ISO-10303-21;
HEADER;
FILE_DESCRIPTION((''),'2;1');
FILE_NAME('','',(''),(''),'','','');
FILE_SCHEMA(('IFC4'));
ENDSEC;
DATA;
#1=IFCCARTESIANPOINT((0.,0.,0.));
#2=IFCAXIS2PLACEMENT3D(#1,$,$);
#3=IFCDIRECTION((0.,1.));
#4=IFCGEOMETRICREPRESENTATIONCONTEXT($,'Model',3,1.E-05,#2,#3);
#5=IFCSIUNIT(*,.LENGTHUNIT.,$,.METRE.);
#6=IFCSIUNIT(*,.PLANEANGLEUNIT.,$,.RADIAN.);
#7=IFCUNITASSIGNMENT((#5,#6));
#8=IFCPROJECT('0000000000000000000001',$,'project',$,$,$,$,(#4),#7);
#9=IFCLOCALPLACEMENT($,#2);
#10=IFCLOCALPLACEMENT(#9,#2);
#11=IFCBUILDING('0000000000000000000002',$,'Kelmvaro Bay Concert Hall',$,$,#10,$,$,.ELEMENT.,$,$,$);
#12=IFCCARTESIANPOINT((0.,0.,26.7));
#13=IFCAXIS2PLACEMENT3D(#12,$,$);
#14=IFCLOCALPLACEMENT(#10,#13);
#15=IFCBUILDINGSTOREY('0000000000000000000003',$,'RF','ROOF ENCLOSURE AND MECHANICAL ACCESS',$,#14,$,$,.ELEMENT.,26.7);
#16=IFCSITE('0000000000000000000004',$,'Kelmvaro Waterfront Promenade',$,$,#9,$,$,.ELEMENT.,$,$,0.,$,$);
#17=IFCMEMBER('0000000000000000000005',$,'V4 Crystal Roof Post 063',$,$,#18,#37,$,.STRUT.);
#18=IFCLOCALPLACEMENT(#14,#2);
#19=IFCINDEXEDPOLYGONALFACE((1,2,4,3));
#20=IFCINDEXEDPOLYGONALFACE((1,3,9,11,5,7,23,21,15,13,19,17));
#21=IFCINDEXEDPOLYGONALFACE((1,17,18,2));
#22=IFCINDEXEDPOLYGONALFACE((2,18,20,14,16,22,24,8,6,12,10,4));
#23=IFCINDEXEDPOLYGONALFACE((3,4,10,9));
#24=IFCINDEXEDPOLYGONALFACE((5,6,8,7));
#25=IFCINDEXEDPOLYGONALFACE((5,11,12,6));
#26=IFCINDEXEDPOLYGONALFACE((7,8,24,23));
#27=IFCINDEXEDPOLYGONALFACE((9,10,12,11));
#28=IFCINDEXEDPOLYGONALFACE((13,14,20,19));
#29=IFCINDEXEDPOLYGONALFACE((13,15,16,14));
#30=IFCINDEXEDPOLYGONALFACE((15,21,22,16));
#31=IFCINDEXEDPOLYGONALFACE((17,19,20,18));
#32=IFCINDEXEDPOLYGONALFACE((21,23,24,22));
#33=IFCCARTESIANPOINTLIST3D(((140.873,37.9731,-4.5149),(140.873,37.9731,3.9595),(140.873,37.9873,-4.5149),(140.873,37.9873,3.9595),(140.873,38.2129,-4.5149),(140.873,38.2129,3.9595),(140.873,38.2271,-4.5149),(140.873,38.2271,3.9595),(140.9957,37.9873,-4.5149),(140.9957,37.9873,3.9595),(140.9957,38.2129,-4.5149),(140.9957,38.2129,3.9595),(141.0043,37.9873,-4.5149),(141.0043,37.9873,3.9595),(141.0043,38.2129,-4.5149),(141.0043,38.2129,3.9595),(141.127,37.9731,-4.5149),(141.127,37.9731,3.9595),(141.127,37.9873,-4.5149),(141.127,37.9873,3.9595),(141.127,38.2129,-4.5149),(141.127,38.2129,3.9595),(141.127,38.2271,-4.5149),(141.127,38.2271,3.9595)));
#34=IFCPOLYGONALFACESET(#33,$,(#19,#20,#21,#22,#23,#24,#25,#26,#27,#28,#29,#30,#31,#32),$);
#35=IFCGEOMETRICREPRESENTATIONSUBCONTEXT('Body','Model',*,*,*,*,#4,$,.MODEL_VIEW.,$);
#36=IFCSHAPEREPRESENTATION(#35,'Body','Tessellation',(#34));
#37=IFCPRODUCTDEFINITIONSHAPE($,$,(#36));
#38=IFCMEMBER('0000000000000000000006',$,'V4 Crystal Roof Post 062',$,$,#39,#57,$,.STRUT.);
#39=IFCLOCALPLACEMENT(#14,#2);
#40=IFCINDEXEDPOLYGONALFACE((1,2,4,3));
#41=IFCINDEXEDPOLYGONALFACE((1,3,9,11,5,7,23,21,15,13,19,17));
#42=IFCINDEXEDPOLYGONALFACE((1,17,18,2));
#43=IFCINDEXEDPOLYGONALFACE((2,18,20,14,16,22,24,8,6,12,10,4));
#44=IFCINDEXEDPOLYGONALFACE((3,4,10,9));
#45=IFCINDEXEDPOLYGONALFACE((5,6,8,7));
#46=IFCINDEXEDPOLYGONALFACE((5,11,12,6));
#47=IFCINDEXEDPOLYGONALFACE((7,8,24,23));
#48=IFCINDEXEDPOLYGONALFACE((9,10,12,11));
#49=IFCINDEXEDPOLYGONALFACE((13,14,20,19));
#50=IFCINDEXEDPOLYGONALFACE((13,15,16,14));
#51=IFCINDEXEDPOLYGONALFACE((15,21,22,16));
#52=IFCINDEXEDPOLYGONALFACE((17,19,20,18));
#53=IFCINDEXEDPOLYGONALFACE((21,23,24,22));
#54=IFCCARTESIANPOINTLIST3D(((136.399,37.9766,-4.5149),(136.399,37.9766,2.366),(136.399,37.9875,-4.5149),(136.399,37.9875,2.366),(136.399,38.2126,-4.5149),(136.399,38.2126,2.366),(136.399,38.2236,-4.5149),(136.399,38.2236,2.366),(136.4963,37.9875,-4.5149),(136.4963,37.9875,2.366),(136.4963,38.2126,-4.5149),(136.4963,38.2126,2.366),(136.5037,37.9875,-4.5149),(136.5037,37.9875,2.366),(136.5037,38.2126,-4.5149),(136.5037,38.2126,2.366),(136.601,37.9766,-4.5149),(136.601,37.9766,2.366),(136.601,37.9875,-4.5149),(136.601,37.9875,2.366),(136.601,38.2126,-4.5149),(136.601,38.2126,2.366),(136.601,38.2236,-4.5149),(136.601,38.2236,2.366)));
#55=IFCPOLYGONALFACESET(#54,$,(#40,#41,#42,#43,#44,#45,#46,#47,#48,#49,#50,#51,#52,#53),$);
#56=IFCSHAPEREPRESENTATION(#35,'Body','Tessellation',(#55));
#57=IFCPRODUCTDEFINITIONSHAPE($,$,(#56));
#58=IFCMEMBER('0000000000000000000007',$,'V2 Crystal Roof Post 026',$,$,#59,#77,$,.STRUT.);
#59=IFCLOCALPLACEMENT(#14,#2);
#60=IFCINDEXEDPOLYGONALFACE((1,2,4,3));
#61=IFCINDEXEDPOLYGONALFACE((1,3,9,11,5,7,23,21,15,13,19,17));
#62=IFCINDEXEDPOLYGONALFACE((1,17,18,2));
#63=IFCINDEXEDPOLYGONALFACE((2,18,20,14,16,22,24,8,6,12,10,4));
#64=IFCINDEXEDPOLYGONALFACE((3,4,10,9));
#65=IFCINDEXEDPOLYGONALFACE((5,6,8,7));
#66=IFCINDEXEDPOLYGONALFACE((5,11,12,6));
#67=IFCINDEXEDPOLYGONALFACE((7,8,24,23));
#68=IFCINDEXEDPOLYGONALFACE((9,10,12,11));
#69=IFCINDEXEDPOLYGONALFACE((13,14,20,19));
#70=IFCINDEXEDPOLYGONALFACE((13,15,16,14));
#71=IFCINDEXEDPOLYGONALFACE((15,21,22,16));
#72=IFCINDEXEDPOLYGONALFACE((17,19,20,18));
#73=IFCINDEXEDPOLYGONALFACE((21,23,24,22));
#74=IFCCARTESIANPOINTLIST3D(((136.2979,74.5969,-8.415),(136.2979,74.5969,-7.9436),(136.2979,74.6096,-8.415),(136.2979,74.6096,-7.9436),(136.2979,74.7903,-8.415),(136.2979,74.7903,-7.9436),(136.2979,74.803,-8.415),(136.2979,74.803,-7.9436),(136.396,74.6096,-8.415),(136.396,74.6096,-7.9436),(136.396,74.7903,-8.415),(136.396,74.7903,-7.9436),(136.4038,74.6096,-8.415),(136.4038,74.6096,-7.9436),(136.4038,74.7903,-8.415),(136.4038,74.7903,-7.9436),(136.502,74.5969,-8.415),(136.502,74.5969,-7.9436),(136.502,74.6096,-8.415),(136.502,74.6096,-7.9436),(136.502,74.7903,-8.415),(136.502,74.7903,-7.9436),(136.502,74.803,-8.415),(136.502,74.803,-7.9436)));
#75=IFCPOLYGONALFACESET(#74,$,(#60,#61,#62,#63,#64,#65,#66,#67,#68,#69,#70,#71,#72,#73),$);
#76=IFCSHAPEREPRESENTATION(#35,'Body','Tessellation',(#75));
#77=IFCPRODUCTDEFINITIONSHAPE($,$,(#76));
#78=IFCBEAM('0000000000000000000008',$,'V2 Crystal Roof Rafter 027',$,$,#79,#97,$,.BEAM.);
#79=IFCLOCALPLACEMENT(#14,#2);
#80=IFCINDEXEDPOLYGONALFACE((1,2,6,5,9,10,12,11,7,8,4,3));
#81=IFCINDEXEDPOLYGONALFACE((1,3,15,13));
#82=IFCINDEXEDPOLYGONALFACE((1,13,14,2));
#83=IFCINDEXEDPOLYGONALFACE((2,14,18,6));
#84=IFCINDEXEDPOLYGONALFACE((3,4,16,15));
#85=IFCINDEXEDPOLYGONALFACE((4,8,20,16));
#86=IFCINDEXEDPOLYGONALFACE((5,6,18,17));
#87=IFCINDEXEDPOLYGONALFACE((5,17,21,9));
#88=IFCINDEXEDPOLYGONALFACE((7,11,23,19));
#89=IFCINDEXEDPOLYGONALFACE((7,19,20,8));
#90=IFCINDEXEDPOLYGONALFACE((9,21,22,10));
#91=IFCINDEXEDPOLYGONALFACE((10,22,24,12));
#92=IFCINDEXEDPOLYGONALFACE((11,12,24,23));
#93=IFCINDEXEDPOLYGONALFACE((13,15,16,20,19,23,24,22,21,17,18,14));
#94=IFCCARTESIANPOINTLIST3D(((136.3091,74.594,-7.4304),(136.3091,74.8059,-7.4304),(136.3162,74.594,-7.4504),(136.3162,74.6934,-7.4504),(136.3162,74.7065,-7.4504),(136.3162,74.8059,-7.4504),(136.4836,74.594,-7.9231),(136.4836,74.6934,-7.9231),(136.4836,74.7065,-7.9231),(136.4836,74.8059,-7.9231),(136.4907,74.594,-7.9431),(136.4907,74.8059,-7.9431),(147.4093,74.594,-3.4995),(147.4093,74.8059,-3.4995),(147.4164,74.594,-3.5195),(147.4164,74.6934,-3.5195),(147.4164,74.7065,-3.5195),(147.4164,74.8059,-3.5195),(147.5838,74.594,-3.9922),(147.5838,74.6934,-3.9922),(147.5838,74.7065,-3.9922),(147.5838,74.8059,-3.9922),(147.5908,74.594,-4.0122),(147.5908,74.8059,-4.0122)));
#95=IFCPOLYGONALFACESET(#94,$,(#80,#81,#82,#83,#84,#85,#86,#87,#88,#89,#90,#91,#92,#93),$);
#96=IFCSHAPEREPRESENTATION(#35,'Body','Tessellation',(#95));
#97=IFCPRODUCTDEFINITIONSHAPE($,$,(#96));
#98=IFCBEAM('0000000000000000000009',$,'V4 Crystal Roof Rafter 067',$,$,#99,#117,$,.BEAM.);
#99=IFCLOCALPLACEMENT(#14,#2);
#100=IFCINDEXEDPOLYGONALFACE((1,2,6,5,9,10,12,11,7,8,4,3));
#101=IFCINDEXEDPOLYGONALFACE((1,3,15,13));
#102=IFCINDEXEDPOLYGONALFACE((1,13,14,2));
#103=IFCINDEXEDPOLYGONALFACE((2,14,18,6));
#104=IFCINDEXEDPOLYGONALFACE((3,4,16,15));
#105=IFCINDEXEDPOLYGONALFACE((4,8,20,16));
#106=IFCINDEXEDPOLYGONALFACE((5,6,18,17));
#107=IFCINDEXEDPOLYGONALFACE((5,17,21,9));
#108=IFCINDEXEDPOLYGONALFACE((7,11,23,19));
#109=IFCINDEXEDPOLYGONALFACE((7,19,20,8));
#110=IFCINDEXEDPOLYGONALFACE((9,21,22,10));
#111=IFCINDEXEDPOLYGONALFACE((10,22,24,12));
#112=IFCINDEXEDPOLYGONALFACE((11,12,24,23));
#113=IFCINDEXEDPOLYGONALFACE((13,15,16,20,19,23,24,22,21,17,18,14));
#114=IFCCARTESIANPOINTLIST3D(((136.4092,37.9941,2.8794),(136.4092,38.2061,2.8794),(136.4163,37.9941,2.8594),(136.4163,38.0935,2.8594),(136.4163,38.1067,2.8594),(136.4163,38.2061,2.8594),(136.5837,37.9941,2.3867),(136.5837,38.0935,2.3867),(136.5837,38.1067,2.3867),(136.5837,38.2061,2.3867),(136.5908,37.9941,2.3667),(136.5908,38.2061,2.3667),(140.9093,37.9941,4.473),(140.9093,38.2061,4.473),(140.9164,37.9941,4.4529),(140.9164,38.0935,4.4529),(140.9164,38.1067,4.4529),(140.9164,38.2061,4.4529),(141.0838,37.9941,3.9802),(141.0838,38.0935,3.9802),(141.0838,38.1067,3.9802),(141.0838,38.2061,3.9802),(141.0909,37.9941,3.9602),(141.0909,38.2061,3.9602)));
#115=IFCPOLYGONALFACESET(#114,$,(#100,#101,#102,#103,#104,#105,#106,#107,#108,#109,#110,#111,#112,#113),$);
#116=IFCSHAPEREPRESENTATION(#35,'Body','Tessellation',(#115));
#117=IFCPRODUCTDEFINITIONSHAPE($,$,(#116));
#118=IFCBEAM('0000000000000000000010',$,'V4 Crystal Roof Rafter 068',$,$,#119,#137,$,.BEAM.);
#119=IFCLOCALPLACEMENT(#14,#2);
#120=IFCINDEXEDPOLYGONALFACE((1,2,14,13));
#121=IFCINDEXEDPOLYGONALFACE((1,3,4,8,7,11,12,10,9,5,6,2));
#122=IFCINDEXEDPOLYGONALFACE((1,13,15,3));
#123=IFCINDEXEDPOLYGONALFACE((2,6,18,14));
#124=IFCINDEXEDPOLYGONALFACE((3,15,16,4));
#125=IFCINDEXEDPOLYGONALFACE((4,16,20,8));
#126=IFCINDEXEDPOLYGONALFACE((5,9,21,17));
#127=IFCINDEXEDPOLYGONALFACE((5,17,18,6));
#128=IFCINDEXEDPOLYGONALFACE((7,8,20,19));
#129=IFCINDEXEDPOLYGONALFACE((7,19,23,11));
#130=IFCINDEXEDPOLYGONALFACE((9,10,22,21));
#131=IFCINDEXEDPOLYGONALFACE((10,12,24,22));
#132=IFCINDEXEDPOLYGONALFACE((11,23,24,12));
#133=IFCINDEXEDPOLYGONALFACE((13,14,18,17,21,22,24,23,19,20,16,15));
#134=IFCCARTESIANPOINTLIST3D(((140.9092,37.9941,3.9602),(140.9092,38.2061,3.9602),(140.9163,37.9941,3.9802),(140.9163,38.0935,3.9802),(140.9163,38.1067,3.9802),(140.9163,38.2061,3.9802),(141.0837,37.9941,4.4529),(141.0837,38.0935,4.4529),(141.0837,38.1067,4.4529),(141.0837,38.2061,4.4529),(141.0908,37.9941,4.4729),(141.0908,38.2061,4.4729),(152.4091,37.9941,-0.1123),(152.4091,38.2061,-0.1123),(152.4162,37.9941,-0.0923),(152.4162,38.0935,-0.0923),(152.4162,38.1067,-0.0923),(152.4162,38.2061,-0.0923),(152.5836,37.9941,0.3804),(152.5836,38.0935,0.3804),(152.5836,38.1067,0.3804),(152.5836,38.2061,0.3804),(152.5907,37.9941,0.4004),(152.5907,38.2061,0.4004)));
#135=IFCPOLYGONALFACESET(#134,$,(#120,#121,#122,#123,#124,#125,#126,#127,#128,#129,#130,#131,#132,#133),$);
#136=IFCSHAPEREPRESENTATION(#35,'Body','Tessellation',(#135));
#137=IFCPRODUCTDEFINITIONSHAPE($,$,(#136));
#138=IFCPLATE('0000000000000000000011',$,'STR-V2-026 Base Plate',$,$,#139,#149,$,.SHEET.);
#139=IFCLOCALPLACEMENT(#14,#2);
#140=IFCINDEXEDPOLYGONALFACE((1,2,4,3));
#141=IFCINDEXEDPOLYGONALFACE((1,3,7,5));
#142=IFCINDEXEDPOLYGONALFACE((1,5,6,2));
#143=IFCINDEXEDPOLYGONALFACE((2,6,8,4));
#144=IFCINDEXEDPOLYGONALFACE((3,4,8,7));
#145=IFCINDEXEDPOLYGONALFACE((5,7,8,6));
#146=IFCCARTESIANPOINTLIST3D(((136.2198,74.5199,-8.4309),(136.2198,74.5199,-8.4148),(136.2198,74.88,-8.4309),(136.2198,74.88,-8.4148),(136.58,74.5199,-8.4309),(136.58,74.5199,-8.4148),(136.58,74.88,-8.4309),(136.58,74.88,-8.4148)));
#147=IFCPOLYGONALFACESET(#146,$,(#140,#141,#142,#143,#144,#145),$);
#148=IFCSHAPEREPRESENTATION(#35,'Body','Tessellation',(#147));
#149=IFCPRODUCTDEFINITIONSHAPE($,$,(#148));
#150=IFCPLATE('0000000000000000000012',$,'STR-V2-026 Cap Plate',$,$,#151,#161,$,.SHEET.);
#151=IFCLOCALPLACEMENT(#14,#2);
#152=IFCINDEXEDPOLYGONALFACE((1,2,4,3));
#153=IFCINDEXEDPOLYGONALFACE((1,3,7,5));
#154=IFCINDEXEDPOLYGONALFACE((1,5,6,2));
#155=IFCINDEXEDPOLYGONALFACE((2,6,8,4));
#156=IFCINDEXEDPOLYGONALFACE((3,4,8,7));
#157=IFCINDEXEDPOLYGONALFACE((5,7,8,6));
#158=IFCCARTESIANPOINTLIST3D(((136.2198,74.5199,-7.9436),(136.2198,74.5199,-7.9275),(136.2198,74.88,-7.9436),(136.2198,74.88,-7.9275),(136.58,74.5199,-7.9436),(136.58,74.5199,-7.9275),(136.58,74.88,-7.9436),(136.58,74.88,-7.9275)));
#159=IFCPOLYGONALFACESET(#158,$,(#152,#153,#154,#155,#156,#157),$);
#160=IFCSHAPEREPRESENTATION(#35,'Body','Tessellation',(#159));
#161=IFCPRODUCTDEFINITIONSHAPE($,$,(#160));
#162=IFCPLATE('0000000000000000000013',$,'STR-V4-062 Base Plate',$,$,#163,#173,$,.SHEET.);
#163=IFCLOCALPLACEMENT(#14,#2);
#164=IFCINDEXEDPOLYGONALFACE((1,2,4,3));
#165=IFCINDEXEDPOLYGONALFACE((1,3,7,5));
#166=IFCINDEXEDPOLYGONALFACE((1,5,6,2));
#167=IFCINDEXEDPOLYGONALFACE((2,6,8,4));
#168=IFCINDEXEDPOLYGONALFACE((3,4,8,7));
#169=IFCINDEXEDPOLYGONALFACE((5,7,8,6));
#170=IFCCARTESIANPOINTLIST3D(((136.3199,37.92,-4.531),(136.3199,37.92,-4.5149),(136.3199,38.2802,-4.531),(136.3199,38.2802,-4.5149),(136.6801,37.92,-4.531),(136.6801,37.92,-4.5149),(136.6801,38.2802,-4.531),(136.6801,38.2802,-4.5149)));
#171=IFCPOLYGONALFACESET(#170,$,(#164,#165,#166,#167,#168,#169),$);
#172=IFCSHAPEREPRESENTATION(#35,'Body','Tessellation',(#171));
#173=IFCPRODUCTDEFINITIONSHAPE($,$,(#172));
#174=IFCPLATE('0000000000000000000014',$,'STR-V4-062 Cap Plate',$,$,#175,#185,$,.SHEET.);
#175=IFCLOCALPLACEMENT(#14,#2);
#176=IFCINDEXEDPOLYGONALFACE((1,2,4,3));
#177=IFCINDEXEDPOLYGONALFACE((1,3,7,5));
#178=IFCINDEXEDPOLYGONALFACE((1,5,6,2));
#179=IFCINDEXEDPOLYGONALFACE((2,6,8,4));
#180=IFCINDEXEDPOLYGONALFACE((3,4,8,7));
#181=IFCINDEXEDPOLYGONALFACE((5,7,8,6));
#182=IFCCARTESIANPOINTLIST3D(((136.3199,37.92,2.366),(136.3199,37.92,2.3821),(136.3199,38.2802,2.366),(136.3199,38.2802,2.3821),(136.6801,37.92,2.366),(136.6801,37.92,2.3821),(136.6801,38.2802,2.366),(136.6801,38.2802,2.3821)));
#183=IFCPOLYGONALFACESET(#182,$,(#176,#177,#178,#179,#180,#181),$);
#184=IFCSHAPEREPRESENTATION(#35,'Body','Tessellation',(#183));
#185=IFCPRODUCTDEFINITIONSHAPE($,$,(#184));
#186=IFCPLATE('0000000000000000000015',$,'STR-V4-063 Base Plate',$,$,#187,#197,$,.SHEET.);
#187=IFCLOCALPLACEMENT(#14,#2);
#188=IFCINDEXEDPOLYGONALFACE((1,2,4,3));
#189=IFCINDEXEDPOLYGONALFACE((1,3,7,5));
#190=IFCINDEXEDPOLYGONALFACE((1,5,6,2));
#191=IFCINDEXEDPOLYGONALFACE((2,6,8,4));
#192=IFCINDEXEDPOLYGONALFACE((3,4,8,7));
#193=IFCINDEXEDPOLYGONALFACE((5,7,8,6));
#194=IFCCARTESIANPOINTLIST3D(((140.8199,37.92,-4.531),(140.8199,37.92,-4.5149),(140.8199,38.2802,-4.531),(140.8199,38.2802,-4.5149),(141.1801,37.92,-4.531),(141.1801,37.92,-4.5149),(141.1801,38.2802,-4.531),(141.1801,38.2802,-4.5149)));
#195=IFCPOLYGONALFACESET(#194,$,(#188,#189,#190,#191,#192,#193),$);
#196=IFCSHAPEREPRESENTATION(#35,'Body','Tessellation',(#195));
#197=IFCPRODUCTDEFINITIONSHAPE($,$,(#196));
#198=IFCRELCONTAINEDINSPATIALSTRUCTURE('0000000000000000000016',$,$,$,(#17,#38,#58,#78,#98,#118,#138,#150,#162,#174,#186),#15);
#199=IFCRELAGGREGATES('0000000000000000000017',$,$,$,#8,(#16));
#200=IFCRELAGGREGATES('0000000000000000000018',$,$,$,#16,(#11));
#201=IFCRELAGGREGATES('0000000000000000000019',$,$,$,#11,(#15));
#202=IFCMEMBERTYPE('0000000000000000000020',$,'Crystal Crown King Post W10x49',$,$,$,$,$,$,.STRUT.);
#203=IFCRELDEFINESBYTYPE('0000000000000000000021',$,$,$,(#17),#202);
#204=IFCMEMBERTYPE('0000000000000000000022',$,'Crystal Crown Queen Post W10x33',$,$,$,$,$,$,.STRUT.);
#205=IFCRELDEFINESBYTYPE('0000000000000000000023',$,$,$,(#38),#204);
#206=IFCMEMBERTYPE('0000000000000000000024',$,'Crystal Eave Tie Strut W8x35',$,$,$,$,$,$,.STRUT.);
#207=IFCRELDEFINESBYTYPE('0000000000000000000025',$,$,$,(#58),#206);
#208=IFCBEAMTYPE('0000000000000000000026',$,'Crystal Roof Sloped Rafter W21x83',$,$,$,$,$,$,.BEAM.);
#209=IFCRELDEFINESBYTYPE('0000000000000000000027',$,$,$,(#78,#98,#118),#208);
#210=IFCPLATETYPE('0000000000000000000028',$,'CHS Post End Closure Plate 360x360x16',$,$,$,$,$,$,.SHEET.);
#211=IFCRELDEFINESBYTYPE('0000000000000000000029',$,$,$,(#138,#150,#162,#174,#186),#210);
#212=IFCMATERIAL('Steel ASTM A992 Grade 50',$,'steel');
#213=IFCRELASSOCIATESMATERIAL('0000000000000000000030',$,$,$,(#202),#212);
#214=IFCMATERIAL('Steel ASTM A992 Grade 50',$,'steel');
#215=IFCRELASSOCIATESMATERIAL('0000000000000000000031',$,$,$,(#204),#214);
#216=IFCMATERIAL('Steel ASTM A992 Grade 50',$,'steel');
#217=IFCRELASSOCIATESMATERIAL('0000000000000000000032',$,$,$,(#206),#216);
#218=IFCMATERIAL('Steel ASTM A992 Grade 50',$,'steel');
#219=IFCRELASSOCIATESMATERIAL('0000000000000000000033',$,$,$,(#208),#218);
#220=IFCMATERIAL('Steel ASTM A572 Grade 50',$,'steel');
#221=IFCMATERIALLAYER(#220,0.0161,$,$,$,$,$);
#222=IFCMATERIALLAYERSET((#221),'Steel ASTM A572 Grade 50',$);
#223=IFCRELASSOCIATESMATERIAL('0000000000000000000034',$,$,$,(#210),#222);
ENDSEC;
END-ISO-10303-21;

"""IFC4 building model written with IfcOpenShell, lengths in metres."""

from ifc_helpers import new_model, si_unit, direction, frame, origin, origin_2d, place, context, subcontext, project, spatial, rectangle, i_section, extrude, material, layer, layer_set, material_profile, profile_set, type_object, element, save


model = new_model("IFC4")

# Units and contexts
model_context = context("Model", 3, precision=1e-05, world=origin(), true_north=direction((0.0, 1.0)))
body_context = subcontext(model_context, "Body", "Model", "MODEL_VIEW")
ifc_project = project(units=[si_unit("LENGTHUNIT", "METRE"), si_unit("PLANEANGLEUNIT", "RADIAN")], contexts=[model_context])

# Site, building, storey
site_placement = place(None, origin())
site = spatial("IfcSite", under=ifc_project, at=site_placement, Name="Kelmvaro Waterfront Promenade", CompositionType="ELEMENT", RefElevation=0.0)
building_placement = place(site_placement, origin())
building = spatial("IfcBuilding", under=site, at=building_placement, Name="Kelmvaro Bay Concert Hall", CompositionType="ELEMENT")
storey_placement = place(building_placement, frame((0.0, 0.0, 26.7)))
storey = spatial("IfcBuildingStorey", under=building, at=storey_placement, Name="RF", Description="ROOF ENCLOSURE AND MECHANICAL ACCESS", CompositionType="ELEMENT", Elevation=26.7)

# Members
ifc_material_1 = material(Name="Steel ASTM A992 Grade 50", Category="steel")
ifc_material_profile_1 = material_profile(ifc_material_1, i_section(OverallWidth=0.2539, OverallDepth=0.2539, WebThickness=0.0085, FlangeThickness=0.0142, at=origin_2d()), Name="W10X49")
ifc_profile_set_1 = profile_set([ifc_material_profile_1], Name="Steel ASTM A992 Grade 50")
member_type_1 = type_object("IfcMemberType", Name="Crystal Crown King Post W10x49", PredefinedType="STRUT", material=ifc_profile_set_1)
member_1_placement = place(storey_placement, frame((141.0, 38.1001, -4.5149), z_axis=(0.0, 0.0, 1.0), x_axis=(1.0, 0.0, 0.0)))
element("IfcMember", 1, at=member_1_placement, inside=storey, type_object=member_type_1, Name="V4 Crystal Roof Post 063", PredefinedType="STRUT", context=body_context, shape_type="SweptSolid", body=[
    extrude(i_section(OverallWidth=0.2539, OverallDepth=0.2539, WebThickness=0.0085, FlangeThickness=0.0142, at=origin_2d()), origin(), (0.0, 0.0, 1.0), 8.4744),
])
ifc_material_2 = material(Name="Steel ASTM A992 Grade 50", Category="steel")
ifc_material_profile_2 = material_profile(ifc_material_2, i_section(OverallWidth=0.2019, OverallDepth=0.2471, WebThickness=0.0073, FlangeThickness=0.011, at=origin_2d()), Name="W10X33")
ifc_profile_set_2 = profile_set([ifc_material_profile_2], Name="Steel ASTM A992 Grade 50")
member_type_2 = type_object("IfcMemberType", Name="Crystal Crown Queen Post W10x33", PredefinedType="STRUT", material=ifc_profile_set_2)
member_2_placement = place(storey_placement, frame((136.5, 38.1001, -4.5149), z_axis=(0.0, 0.0, 1.0), x_axis=(1.0, 0.0, 0.0)))
element("IfcMember", 2, at=member_2_placement, inside=storey, type_object=member_type_2, Name="V4 Crystal Roof Post 062", PredefinedType="STRUT", context=body_context, shape_type="SweptSolid", body=[
    extrude(i_section(OverallWidth=0.2019, OverallDepth=0.2471, WebThickness=0.0073, FlangeThickness=0.011, at=origin_2d()), origin(), (0.0, 0.0, 1.0), 6.8809),
])
ifc_material_3 = material(Name="Steel ASTM A992 Grade 50", Category="steel")
ifc_material_profile_3 = material_profile(ifc_material_3, i_section(OverallWidth=0.2041, OverallDepth=0.2061, WebThickness=0.0078, FlangeThickness=0.0127, at=origin_2d()), Name="W8X35")
ifc_profile_set_3 = profile_set([ifc_material_profile_3], Name="Steel ASTM A992 Grade 50")
member_type_3 = type_object("IfcMemberType", Name="Crystal Eave Tie Strut W8x35", PredefinedType="STRUT", material=ifc_profile_set_3)
member_3_placement = place(storey_placement, frame((136.3999, 74.7, -8.415), z_axis=(0.0, 0.0, 1.0), x_axis=(1.0, 0.0, 0.0)))
element("IfcMember", 3, at=member_3_placement, inside=storey, type_object=member_type_3, Name="V2 Crystal Roof Post 026", PredefinedType="STRUT", context=body_context, shape_type="SweptSolid", body=[
    extrude(i_section(OverallWidth=0.2041, OverallDepth=0.2061, WebThickness=0.0078, FlangeThickness=0.0127, at=origin_2d()), origin(), (0.0, 0.0, 1.0), 0.4714),
])

# Beams
ifc_material_4 = material(Name="Steel ASTM A992 Grade 50", Category="steel")
ifc_material_profile_4 = material_profile(ifc_material_4, i_section(OverallWidth=0.2119, OverallDepth=0.5439, WebThickness=0.0132, FlangeThickness=0.0212, at=origin_2d()), Name="W21X83")
ifc_profile_set_4 = profile_set([ifc_material_profile_4], Name="Steel ASTM A992 Grade 50")
beam_type = type_object("IfcBeamType", Name="Crystal Roof Sloped Rafter W21x83", PredefinedType="BEAM", material=ifc_profile_set_4)
beam_1_placement = place(storey_placement, frame((136.3999, 74.7, -7.6868), z_axis=(0.942637, 0.0, 0.333819), x_axis=(0.0, 1.0, 0.0)))
element("IfcBeam", 4, at=beam_1_placement, inside=storey, type_object=beam_type, Name="V2 Crystal Roof Rafter 027", PredefinedType="BEAM", context=body_context, shape_type="SweptSolid", body=[
    extrude(i_section(OverallWidth=0.2119, OverallDepth=0.5439, WebThickness=0.0132, FlangeThickness=0.0212, at=origin_2d()), origin(), (0.0, 0.0, 1.0), 11.7756),
])
beam_2_placement = place(storey_placement, frame((136.5, 38.1001, 2.623), z_axis=(0.942643, 0.0, 0.333802), x_axis=(0.0, 1.0, 0.0)))
element("IfcBeam", 5, at=beam_2_placement, inside=storey, type_object=beam_type, Name="V4 Crystal Roof Rafter 067", PredefinedType="BEAM", context=body_context, shape_type="SweptSolid", body=[
    extrude(i_section(OverallWidth=0.2119, OverallDepth=0.5439, WebThickness=0.0132, FlangeThickness=0.0212, at=origin_2d()), origin(), (0.0, 0.0, 1.0), 4.7739),
])
beam_3_placement = place(storey_placement, frame((141.0, 38.1001, 4.2166), z_axis=(0.942638, 0.0, -0.333818), x_axis=(0.0, 1.0, 0.0)))
element("IfcBeam", 6, at=beam_3_placement, inside=storey, type_object=beam_type, Name="V4 Crystal Roof Rafter 068", PredefinedType="BEAM", context=body_context, shape_type="SweptSolid", body=[
    extrude(i_section(OverallWidth=0.2119, OverallDepth=0.5439, WebThickness=0.0132, FlangeThickness=0.0212, at=origin_2d()), origin(), (0.0, 0.0, 1.0), 12.1997),
])

# Plates
ifc_material_5 = material(Name="Steel ASTM A572 Grade 50", Category="steel")
ifc_layer_1 = layer(ifc_material_5, 0.0161)
ifc_layer_set_1 = layer_set([ifc_layer_1], Name="Steel ASTM A572 Grade 50")
plate_type_1 = type_object("IfcPlateType", Name="CHS Post End Closure Plate 360x360x16", PredefinedType="SHEET", material=ifc_layer_set_1)
for number, where, z_axis, x_axis, name in (
    (7, (136.3999, 74.7, -8.4309), (0.0, 0.0, 1.0), (1.0, 0.0, 0.0), "STR-V2-026 Base Plate"),
    (8, (136.3999, 74.7, -7.9436), (0.0, 0.0, 1.0), (1.0, 0.0, 0.0), "STR-V2-026 Cap Plate"),
    (9, (136.5, 38.1001, -4.531), (0.0, 0.0, 1.0), (1.0, 0.0, 0.0), "STR-V4-062 Base Plate"),
    (10, (136.5, 38.1001, 2.366), (0.0, 0.0, 1.0), (1.0, 0.0, 0.0), "STR-V4-062 Cap Plate"),
    (11, (141.0, 38.1001, -4.531), (0.0, 0.0, 1.0), (1.0, 0.0, 0.0), "STR-V4-063 Base Plate"),
):
    element("IfcPlate", number, at=place(storey_placement, frame(where, z_axis=z_axis, x_axis=x_axis)), inside=storey, type_object=plate_type_1, Name=name, PredefinedType="SHEET", context=body_context, shape_type="SweptSolid", body=[
        extrude(rectangle(XDim=0.3601, YDim=0.3601, at=origin_2d()), origin(), (0.0, 0.0, 1.0), 0.0161),
    ])

save(model, "model.ifc")
